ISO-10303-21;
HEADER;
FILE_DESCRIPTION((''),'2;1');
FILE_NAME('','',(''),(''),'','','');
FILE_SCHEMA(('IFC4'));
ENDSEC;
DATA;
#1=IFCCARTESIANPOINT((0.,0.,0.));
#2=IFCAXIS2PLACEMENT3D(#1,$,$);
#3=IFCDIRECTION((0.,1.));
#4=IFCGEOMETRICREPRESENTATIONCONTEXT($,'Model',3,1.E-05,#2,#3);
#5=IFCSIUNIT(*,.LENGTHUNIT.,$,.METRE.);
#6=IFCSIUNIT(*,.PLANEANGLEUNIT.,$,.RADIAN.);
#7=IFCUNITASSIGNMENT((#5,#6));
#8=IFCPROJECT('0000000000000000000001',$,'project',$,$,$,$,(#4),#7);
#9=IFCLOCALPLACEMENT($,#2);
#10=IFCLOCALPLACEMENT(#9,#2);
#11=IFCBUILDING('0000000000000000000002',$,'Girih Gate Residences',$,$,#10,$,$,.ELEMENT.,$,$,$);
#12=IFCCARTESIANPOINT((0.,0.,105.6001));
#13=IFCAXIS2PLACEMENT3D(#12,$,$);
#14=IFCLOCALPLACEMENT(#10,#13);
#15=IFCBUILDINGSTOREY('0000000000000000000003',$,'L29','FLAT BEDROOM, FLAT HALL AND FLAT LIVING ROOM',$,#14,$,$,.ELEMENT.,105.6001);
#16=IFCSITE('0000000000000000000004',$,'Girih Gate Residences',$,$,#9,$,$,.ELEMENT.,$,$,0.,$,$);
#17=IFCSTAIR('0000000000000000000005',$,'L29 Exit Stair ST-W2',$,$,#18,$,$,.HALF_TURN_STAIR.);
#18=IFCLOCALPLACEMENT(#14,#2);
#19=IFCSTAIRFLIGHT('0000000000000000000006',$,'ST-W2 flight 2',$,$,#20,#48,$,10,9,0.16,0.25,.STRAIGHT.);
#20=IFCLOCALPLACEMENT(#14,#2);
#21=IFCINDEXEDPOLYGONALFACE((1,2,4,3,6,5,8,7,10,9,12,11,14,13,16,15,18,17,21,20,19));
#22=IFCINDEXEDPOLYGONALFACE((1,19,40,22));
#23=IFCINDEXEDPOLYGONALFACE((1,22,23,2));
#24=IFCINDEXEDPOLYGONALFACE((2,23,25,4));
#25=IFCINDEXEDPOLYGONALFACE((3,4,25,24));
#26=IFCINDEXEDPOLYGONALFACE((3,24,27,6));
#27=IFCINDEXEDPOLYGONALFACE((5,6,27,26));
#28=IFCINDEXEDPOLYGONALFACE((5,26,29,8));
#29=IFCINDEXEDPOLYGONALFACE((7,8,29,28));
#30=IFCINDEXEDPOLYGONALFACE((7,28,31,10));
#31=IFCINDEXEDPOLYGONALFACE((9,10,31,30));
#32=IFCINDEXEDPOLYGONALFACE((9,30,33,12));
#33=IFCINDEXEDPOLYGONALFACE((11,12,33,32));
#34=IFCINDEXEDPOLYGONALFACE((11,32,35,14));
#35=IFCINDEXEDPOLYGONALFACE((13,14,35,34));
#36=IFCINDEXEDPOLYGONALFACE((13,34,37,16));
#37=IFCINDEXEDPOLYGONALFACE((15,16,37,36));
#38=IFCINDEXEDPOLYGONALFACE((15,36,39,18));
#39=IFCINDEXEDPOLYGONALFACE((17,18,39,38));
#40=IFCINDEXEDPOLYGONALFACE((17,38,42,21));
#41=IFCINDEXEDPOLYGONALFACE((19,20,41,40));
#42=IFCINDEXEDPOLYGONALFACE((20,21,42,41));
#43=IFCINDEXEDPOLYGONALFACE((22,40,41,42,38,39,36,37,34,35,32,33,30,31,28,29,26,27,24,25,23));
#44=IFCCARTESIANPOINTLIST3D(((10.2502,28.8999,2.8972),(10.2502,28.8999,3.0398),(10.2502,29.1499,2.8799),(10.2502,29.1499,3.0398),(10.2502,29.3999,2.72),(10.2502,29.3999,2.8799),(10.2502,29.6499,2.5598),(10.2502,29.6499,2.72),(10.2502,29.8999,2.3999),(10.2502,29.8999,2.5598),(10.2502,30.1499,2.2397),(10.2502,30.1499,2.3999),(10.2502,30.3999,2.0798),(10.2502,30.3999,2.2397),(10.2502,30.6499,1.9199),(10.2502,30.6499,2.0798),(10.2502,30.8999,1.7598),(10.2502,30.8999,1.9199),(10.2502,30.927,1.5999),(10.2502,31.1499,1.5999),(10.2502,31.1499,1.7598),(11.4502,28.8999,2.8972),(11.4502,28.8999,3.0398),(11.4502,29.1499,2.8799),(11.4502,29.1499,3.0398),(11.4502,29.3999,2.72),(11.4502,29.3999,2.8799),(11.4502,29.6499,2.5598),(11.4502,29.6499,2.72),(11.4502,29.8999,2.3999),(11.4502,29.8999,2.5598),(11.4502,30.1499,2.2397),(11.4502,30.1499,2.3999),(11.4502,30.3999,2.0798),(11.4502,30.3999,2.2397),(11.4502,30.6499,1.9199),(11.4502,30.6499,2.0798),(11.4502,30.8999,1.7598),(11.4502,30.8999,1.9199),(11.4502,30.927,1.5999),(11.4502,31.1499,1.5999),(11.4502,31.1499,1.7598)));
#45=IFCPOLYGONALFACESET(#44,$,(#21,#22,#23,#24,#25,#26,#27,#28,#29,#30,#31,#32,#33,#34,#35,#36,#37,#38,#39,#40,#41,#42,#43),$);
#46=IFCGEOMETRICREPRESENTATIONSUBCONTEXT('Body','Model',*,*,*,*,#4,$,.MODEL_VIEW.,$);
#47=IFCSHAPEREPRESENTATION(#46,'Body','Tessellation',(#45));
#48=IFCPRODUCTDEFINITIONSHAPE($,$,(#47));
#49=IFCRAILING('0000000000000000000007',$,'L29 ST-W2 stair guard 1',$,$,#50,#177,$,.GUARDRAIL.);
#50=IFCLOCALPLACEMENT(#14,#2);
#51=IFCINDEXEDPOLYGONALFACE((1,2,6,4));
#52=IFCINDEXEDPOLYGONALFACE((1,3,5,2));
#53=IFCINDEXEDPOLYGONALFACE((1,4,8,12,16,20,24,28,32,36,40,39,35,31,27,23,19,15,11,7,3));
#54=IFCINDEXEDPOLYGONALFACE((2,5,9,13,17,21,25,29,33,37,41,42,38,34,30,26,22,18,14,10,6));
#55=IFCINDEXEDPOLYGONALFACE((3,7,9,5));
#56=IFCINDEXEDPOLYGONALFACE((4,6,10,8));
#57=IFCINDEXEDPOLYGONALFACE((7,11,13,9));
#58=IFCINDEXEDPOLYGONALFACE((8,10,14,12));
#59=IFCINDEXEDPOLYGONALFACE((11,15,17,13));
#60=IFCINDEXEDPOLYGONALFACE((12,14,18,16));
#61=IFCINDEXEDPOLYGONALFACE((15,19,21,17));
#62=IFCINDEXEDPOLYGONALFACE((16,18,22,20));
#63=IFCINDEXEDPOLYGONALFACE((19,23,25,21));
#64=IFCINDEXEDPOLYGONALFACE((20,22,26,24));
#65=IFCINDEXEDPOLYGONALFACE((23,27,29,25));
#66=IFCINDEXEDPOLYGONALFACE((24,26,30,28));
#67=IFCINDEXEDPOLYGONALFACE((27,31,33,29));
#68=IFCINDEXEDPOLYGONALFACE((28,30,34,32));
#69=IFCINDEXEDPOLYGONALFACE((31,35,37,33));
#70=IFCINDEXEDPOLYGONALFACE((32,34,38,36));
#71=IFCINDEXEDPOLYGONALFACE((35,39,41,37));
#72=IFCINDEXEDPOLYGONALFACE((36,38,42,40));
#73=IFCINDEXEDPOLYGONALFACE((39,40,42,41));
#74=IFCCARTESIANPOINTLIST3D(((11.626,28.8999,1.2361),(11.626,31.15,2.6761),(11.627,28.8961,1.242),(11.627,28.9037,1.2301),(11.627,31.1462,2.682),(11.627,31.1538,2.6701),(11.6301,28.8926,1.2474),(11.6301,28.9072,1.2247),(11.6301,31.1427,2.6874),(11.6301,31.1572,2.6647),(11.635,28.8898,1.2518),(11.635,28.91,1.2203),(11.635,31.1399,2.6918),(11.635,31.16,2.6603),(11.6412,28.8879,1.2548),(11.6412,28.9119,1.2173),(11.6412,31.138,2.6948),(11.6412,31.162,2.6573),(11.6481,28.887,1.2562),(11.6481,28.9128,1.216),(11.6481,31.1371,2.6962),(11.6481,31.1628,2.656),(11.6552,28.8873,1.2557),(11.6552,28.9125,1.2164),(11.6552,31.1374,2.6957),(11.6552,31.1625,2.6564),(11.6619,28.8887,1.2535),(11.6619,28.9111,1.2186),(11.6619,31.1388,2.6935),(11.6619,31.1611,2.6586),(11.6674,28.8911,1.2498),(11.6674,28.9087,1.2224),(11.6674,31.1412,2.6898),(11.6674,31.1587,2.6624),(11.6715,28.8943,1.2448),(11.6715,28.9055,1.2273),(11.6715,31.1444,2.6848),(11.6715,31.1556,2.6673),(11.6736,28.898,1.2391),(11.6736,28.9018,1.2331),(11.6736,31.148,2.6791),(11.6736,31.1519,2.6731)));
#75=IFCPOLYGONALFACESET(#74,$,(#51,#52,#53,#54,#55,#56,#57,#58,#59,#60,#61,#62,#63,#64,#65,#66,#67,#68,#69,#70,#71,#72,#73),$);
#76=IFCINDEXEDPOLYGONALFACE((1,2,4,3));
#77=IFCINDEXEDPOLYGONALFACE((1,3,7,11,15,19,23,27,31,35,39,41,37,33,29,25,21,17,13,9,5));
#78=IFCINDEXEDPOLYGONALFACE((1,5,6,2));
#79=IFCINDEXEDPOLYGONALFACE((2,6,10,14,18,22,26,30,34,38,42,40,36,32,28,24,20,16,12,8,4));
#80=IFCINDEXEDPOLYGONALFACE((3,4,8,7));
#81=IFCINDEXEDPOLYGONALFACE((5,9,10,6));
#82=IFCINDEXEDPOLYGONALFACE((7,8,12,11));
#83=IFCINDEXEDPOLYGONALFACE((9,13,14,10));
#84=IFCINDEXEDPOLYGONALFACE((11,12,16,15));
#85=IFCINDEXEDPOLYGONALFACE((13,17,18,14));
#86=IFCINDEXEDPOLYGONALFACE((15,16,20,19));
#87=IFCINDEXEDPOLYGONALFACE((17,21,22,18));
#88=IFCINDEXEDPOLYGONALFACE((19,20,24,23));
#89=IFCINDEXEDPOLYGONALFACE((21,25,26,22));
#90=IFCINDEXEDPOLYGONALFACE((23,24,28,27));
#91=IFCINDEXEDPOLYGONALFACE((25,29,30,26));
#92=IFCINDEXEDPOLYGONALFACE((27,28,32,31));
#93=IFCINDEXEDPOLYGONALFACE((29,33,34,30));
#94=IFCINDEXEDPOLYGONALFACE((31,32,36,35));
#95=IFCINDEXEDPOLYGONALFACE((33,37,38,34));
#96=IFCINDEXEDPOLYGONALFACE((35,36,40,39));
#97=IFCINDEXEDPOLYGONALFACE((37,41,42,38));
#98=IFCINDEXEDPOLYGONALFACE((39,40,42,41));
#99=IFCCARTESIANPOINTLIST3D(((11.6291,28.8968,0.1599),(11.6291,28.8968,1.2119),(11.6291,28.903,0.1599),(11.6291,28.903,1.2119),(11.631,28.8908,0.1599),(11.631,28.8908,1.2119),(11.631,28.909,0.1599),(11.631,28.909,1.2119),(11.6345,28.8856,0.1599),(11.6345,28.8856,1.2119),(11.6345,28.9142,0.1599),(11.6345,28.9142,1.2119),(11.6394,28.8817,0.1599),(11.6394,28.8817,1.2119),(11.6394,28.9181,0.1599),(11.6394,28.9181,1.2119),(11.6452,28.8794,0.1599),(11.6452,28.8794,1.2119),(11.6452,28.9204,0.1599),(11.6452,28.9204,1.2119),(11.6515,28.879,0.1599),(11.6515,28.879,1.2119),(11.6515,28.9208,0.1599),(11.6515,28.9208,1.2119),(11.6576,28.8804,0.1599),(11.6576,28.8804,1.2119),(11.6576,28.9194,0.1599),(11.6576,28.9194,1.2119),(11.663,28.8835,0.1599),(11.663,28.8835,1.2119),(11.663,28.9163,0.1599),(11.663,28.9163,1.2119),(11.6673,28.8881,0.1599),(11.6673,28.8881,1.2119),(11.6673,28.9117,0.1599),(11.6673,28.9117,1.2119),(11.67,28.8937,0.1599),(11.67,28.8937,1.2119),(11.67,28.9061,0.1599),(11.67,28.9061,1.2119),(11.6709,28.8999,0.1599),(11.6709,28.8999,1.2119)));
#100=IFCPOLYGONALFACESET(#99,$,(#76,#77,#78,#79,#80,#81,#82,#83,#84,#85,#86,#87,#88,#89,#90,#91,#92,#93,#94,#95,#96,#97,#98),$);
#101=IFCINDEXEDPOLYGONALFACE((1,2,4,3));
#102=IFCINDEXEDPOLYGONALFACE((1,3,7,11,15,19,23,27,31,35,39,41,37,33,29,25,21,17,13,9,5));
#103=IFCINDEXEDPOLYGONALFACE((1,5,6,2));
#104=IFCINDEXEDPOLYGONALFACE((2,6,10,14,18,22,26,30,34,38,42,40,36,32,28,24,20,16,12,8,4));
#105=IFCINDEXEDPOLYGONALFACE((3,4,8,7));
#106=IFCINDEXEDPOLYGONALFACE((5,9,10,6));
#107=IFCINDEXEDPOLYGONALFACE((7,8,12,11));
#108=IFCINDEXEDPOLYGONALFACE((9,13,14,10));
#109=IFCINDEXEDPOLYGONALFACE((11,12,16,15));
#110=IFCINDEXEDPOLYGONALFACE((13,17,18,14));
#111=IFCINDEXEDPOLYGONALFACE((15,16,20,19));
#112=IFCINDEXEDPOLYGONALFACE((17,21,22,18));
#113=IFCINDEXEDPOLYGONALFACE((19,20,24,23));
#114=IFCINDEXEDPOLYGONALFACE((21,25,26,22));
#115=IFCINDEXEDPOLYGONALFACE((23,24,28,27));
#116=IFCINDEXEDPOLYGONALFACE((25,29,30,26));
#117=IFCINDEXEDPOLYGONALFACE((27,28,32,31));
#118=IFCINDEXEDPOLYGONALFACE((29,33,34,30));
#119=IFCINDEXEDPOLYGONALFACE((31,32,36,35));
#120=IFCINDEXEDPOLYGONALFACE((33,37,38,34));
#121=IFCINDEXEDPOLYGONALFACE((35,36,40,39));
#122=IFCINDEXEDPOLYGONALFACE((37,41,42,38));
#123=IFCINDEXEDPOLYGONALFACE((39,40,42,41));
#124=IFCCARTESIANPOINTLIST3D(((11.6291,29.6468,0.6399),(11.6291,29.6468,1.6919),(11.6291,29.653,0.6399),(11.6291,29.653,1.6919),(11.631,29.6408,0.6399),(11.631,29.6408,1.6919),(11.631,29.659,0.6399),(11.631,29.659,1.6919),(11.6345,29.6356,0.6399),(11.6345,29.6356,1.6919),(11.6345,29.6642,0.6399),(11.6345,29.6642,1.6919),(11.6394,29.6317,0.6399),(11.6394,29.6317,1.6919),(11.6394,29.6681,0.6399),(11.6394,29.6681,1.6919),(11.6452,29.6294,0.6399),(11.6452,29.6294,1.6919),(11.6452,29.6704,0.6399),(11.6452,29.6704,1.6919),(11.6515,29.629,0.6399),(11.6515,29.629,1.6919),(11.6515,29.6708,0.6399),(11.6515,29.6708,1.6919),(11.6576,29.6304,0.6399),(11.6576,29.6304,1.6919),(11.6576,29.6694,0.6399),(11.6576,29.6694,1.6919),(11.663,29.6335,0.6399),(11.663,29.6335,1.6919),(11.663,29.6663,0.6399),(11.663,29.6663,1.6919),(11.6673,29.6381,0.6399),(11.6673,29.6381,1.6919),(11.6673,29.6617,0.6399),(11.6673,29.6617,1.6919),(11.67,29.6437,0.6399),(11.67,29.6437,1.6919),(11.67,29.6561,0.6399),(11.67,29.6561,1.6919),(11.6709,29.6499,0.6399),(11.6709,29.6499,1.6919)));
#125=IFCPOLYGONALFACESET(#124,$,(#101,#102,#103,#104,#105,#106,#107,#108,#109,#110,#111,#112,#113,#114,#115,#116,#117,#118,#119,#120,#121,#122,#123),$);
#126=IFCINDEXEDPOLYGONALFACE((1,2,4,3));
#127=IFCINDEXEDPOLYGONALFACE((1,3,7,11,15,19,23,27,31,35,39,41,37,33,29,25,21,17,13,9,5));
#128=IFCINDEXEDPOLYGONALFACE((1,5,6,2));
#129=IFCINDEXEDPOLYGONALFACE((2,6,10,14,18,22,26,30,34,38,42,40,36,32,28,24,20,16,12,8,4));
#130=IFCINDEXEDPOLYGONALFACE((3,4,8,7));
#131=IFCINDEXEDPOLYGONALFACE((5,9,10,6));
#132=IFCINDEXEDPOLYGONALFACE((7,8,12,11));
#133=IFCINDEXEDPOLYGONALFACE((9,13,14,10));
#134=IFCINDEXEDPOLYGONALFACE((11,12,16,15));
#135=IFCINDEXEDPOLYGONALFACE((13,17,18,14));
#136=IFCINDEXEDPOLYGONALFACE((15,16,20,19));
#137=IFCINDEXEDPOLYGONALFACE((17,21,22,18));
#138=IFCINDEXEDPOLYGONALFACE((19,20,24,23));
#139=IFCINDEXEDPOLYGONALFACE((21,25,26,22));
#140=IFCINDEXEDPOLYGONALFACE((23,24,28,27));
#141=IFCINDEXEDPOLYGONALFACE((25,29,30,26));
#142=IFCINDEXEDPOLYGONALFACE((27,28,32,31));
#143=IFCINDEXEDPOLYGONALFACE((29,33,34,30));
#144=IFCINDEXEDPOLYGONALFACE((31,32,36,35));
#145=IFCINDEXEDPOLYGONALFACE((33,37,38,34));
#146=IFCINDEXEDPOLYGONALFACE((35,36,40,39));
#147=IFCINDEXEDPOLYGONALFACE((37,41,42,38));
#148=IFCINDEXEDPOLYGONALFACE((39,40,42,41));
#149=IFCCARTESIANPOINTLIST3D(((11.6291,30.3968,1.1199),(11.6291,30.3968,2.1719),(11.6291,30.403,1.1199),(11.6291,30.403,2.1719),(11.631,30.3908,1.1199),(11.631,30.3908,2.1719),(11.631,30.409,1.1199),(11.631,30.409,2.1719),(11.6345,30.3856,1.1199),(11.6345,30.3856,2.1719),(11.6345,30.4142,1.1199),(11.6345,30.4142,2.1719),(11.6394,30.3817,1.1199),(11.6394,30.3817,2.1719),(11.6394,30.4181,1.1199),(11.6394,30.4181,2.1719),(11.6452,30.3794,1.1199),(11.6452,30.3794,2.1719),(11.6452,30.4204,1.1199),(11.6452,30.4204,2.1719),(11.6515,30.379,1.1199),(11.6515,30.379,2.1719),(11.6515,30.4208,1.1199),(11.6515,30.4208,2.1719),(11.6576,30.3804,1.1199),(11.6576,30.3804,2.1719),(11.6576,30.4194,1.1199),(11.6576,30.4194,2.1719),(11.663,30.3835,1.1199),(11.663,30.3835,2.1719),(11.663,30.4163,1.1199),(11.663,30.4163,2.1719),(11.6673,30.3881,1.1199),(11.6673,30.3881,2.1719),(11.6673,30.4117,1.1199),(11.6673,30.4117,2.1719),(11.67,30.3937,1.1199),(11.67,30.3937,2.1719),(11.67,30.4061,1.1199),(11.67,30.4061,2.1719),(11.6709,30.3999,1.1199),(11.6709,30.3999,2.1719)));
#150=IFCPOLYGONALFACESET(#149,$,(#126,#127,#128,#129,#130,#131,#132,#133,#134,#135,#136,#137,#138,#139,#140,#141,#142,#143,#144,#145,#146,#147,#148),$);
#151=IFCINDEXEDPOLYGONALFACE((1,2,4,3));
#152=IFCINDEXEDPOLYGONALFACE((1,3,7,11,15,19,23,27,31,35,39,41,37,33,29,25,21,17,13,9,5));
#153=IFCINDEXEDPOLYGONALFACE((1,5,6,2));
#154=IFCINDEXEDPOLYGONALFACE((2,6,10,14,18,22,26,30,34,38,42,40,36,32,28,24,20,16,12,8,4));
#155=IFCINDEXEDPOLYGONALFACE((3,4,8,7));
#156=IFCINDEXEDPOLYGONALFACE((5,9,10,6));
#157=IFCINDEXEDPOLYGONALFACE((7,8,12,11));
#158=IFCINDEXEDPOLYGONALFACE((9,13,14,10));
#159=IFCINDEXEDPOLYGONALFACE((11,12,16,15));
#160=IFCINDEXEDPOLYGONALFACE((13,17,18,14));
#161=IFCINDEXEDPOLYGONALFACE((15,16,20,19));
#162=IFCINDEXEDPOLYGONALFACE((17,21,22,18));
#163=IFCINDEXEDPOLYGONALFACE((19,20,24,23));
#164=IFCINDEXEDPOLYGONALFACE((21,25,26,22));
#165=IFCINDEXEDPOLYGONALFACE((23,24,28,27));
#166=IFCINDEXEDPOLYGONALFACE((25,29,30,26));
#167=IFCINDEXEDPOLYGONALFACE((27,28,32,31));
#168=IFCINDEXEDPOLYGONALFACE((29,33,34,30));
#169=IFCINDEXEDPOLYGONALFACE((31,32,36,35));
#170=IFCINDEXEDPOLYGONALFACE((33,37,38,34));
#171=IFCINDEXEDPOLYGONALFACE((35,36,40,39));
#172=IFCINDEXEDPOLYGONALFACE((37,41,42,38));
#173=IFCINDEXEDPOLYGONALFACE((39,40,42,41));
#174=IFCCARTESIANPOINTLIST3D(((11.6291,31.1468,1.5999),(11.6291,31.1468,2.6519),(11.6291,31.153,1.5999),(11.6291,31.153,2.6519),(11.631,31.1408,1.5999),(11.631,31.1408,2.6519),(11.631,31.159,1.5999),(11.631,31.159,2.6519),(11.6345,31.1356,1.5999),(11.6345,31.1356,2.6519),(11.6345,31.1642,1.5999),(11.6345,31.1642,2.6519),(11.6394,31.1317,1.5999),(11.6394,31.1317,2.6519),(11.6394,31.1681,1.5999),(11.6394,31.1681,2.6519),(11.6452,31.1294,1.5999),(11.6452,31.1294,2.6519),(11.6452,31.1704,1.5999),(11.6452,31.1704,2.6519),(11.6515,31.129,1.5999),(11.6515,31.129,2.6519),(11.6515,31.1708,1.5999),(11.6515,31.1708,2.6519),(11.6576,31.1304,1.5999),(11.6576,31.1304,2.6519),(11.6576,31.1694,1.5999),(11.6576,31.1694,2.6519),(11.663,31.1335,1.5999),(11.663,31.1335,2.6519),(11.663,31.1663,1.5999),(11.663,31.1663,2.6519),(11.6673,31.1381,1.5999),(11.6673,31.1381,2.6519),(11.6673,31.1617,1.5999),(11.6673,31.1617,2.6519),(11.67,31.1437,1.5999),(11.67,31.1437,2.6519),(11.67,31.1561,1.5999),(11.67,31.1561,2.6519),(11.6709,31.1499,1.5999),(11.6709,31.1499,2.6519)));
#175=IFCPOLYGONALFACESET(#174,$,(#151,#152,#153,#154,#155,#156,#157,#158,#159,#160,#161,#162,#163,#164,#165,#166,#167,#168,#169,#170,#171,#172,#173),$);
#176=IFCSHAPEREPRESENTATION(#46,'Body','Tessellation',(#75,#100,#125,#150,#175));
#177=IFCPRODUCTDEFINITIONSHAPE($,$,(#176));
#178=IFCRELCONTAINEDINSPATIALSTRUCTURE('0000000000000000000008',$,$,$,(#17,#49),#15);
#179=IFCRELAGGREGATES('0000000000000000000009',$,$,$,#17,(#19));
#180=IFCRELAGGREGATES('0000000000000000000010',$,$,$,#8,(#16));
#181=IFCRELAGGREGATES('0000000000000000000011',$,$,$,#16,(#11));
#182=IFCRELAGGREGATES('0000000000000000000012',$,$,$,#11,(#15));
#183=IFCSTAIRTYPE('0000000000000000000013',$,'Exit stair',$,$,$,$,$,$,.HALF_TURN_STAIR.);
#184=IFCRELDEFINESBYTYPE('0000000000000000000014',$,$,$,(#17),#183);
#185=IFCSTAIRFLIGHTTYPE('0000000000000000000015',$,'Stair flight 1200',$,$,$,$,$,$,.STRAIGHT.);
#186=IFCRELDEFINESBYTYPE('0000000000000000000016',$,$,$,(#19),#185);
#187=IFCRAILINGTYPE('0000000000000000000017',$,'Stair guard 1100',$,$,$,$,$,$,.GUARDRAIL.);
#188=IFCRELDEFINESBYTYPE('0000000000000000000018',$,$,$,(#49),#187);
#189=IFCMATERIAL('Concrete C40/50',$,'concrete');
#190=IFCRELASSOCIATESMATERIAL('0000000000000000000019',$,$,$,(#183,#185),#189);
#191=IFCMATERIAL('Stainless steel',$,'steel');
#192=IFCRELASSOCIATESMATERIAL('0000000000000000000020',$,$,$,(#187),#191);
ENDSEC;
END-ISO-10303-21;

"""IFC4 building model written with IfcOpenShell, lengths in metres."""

from ifc_helpers import new_model, si_unit, direction, frame, origin, origin_2d, place, context, subcontext, project, spatial, polyline, circle, outline, extrude, material, type_object, element, aggregate, save


model = new_model("IFC4")

# Units and contexts
model_context = context("Model", 3, precision=1e-05, world=origin(), true_north=direction((0.0, 1.0)))
body_context = subcontext(model_context, "Body", "Model", "MODEL_VIEW")
ifc_project = project(units=[si_unit("LENGTHUNIT", "METRE"), si_unit("PLANEANGLEUNIT", "RADIAN")], contexts=[model_context])

# Site, building, storey
site_placement = place(None, origin())
site = spatial("IfcSite", under=ifc_project, at=site_placement, Name="Girih Gate Residences", CompositionType="ELEMENT", RefElevation=0.0)
building_placement = place(site_placement, origin())
building = spatial("IfcBuilding", under=site, at=building_placement, Name="Girih Gate Residences", CompositionType="ELEMENT")
storey_placement = place(building_placement, frame((0.0, 0.0, 105.6001)))
storey = spatial("IfcBuildingStorey", under=building, at=storey_placement, Name="L29", Description="FLAT BEDROOM, FLAT HALL AND FLAT LIVING ROOM", CompositionType="ELEMENT", Elevation=105.6001)

# Shared definitions
ifc_material_1 = material(Name="Concrete C40/50", Category="concrete")

# Stair, stair flight
stair_type = type_object("IfcStairType", Name="Exit stair", PredefinedType="HALF_TURN_STAIR", material=ifc_material_1)
stair_placement = place(storey_placement, origin())
stair = element("IfcStair", 1, at=stair_placement, inside=storey, type_object=stair_type, Name="L29 Exit Stair ST-W2", PredefinedType="HALF_TURN_STAIR")
stair_flight_type = type_object("IfcStairFlightType", Name="Stair flight 1200", PredefinedType="STRAIGHT", material=ifc_material_1)
stair_flight_1_placement = place(storey_placement, frame((10.8501, 31.1499, 1.5999), z_axis=(0.0, 0.0, 1.0), x_axis=(0.0, -1.0, 0.0)))
stair_flight_1 = element("IfcStairFlight", 2, at=stair_flight_1_placement, type_object=stair_flight_type, Name="ST-W2 flight 2", NumberOfRisers=10, NumberOfTreads=9, PredefinedType="STRAIGHT", RiserHeight=0.16, TreadLength=0.25, context=body_context, shape_type="SweptSolid", body=[
    extrude(outline(polyline([(0.0, 0.0), (0.0, 0.1599), (0.25, 0.1599), (0.25, 0.3201), (0.5, 0.3201), (0.5, 0.48), (0.75, 0.48), (0.75, 0.6399), (1.0, 0.6399), (1.0, 0.8), (1.25, 0.8), (1.25, 0.96), (1.5, 0.96), (1.5, 1.1201), (1.75, 1.1201), (1.75, 1.28), (2.0, 1.28), (2.0, 1.4399), (2.25, 1.4399), (2.25, 1.6001), (2.25, 1.2974), (0.2229, 0.0), (0.0, 0.0)])), frame((0.0, 0.6001, 0.0), z_axis=(0.0, -1.0, 0.0), x_axis=(1.0, 0.0, 0.0)), (0.0, 0.0, 1.0), 1.2),
])
aggregate(stair, [stair_flight_1])

# Railing
ifc_material_2 = material(Name="Stainless steel", Category="steel")
railing_type_1 = type_object("IfcRailingType", Name="Stair guard 1100", PredefinedType="GUARDRAIL", material=ifc_material_2)
railing_1_placement = place(storey_placement, frame((11.6499, 28.8999, 0.1599)))
element("IfcRailing", 3, at=railing_1_placement, inside=storey, type_object=railing_type_1, Name="L29 ST-W2 stair guard 1", PredefinedType="GUARDRAIL", context=body_context, shape_type="SweptSolid", body=[
    extrude(circle(Radius=0.0239, at=origin_2d()), frame((0.0, 0.0, 1.0762), z_axis=(0.0, 0.842281, 0.539038), x_axis=(-1.0, 0.0, 0.0)), (0.0, 0.0, 1.0), 2.6714),
    extrude(circle(Radius=0.021, at=origin_2d()), origin(), (0.0, 0.0, 1.0), 1.052),
    extrude(circle(Radius=0.021, at=origin_2d()), frame((0.0, 0.75, 0.48)), (0.0, 0.0, 1.0), 1.052),
    extrude(circle(Radius=0.021, at=origin_2d()), frame((0.0, 1.5, 0.96)), (0.0, 0.0, 1.0), 1.052),
    extrude(circle(Radius=0.021, at=origin_2d()), frame((0.0, 2.25, 1.4399)), (0.0, 0.0, 1.0), 1.052),
])

save(model, "model.ifc")
